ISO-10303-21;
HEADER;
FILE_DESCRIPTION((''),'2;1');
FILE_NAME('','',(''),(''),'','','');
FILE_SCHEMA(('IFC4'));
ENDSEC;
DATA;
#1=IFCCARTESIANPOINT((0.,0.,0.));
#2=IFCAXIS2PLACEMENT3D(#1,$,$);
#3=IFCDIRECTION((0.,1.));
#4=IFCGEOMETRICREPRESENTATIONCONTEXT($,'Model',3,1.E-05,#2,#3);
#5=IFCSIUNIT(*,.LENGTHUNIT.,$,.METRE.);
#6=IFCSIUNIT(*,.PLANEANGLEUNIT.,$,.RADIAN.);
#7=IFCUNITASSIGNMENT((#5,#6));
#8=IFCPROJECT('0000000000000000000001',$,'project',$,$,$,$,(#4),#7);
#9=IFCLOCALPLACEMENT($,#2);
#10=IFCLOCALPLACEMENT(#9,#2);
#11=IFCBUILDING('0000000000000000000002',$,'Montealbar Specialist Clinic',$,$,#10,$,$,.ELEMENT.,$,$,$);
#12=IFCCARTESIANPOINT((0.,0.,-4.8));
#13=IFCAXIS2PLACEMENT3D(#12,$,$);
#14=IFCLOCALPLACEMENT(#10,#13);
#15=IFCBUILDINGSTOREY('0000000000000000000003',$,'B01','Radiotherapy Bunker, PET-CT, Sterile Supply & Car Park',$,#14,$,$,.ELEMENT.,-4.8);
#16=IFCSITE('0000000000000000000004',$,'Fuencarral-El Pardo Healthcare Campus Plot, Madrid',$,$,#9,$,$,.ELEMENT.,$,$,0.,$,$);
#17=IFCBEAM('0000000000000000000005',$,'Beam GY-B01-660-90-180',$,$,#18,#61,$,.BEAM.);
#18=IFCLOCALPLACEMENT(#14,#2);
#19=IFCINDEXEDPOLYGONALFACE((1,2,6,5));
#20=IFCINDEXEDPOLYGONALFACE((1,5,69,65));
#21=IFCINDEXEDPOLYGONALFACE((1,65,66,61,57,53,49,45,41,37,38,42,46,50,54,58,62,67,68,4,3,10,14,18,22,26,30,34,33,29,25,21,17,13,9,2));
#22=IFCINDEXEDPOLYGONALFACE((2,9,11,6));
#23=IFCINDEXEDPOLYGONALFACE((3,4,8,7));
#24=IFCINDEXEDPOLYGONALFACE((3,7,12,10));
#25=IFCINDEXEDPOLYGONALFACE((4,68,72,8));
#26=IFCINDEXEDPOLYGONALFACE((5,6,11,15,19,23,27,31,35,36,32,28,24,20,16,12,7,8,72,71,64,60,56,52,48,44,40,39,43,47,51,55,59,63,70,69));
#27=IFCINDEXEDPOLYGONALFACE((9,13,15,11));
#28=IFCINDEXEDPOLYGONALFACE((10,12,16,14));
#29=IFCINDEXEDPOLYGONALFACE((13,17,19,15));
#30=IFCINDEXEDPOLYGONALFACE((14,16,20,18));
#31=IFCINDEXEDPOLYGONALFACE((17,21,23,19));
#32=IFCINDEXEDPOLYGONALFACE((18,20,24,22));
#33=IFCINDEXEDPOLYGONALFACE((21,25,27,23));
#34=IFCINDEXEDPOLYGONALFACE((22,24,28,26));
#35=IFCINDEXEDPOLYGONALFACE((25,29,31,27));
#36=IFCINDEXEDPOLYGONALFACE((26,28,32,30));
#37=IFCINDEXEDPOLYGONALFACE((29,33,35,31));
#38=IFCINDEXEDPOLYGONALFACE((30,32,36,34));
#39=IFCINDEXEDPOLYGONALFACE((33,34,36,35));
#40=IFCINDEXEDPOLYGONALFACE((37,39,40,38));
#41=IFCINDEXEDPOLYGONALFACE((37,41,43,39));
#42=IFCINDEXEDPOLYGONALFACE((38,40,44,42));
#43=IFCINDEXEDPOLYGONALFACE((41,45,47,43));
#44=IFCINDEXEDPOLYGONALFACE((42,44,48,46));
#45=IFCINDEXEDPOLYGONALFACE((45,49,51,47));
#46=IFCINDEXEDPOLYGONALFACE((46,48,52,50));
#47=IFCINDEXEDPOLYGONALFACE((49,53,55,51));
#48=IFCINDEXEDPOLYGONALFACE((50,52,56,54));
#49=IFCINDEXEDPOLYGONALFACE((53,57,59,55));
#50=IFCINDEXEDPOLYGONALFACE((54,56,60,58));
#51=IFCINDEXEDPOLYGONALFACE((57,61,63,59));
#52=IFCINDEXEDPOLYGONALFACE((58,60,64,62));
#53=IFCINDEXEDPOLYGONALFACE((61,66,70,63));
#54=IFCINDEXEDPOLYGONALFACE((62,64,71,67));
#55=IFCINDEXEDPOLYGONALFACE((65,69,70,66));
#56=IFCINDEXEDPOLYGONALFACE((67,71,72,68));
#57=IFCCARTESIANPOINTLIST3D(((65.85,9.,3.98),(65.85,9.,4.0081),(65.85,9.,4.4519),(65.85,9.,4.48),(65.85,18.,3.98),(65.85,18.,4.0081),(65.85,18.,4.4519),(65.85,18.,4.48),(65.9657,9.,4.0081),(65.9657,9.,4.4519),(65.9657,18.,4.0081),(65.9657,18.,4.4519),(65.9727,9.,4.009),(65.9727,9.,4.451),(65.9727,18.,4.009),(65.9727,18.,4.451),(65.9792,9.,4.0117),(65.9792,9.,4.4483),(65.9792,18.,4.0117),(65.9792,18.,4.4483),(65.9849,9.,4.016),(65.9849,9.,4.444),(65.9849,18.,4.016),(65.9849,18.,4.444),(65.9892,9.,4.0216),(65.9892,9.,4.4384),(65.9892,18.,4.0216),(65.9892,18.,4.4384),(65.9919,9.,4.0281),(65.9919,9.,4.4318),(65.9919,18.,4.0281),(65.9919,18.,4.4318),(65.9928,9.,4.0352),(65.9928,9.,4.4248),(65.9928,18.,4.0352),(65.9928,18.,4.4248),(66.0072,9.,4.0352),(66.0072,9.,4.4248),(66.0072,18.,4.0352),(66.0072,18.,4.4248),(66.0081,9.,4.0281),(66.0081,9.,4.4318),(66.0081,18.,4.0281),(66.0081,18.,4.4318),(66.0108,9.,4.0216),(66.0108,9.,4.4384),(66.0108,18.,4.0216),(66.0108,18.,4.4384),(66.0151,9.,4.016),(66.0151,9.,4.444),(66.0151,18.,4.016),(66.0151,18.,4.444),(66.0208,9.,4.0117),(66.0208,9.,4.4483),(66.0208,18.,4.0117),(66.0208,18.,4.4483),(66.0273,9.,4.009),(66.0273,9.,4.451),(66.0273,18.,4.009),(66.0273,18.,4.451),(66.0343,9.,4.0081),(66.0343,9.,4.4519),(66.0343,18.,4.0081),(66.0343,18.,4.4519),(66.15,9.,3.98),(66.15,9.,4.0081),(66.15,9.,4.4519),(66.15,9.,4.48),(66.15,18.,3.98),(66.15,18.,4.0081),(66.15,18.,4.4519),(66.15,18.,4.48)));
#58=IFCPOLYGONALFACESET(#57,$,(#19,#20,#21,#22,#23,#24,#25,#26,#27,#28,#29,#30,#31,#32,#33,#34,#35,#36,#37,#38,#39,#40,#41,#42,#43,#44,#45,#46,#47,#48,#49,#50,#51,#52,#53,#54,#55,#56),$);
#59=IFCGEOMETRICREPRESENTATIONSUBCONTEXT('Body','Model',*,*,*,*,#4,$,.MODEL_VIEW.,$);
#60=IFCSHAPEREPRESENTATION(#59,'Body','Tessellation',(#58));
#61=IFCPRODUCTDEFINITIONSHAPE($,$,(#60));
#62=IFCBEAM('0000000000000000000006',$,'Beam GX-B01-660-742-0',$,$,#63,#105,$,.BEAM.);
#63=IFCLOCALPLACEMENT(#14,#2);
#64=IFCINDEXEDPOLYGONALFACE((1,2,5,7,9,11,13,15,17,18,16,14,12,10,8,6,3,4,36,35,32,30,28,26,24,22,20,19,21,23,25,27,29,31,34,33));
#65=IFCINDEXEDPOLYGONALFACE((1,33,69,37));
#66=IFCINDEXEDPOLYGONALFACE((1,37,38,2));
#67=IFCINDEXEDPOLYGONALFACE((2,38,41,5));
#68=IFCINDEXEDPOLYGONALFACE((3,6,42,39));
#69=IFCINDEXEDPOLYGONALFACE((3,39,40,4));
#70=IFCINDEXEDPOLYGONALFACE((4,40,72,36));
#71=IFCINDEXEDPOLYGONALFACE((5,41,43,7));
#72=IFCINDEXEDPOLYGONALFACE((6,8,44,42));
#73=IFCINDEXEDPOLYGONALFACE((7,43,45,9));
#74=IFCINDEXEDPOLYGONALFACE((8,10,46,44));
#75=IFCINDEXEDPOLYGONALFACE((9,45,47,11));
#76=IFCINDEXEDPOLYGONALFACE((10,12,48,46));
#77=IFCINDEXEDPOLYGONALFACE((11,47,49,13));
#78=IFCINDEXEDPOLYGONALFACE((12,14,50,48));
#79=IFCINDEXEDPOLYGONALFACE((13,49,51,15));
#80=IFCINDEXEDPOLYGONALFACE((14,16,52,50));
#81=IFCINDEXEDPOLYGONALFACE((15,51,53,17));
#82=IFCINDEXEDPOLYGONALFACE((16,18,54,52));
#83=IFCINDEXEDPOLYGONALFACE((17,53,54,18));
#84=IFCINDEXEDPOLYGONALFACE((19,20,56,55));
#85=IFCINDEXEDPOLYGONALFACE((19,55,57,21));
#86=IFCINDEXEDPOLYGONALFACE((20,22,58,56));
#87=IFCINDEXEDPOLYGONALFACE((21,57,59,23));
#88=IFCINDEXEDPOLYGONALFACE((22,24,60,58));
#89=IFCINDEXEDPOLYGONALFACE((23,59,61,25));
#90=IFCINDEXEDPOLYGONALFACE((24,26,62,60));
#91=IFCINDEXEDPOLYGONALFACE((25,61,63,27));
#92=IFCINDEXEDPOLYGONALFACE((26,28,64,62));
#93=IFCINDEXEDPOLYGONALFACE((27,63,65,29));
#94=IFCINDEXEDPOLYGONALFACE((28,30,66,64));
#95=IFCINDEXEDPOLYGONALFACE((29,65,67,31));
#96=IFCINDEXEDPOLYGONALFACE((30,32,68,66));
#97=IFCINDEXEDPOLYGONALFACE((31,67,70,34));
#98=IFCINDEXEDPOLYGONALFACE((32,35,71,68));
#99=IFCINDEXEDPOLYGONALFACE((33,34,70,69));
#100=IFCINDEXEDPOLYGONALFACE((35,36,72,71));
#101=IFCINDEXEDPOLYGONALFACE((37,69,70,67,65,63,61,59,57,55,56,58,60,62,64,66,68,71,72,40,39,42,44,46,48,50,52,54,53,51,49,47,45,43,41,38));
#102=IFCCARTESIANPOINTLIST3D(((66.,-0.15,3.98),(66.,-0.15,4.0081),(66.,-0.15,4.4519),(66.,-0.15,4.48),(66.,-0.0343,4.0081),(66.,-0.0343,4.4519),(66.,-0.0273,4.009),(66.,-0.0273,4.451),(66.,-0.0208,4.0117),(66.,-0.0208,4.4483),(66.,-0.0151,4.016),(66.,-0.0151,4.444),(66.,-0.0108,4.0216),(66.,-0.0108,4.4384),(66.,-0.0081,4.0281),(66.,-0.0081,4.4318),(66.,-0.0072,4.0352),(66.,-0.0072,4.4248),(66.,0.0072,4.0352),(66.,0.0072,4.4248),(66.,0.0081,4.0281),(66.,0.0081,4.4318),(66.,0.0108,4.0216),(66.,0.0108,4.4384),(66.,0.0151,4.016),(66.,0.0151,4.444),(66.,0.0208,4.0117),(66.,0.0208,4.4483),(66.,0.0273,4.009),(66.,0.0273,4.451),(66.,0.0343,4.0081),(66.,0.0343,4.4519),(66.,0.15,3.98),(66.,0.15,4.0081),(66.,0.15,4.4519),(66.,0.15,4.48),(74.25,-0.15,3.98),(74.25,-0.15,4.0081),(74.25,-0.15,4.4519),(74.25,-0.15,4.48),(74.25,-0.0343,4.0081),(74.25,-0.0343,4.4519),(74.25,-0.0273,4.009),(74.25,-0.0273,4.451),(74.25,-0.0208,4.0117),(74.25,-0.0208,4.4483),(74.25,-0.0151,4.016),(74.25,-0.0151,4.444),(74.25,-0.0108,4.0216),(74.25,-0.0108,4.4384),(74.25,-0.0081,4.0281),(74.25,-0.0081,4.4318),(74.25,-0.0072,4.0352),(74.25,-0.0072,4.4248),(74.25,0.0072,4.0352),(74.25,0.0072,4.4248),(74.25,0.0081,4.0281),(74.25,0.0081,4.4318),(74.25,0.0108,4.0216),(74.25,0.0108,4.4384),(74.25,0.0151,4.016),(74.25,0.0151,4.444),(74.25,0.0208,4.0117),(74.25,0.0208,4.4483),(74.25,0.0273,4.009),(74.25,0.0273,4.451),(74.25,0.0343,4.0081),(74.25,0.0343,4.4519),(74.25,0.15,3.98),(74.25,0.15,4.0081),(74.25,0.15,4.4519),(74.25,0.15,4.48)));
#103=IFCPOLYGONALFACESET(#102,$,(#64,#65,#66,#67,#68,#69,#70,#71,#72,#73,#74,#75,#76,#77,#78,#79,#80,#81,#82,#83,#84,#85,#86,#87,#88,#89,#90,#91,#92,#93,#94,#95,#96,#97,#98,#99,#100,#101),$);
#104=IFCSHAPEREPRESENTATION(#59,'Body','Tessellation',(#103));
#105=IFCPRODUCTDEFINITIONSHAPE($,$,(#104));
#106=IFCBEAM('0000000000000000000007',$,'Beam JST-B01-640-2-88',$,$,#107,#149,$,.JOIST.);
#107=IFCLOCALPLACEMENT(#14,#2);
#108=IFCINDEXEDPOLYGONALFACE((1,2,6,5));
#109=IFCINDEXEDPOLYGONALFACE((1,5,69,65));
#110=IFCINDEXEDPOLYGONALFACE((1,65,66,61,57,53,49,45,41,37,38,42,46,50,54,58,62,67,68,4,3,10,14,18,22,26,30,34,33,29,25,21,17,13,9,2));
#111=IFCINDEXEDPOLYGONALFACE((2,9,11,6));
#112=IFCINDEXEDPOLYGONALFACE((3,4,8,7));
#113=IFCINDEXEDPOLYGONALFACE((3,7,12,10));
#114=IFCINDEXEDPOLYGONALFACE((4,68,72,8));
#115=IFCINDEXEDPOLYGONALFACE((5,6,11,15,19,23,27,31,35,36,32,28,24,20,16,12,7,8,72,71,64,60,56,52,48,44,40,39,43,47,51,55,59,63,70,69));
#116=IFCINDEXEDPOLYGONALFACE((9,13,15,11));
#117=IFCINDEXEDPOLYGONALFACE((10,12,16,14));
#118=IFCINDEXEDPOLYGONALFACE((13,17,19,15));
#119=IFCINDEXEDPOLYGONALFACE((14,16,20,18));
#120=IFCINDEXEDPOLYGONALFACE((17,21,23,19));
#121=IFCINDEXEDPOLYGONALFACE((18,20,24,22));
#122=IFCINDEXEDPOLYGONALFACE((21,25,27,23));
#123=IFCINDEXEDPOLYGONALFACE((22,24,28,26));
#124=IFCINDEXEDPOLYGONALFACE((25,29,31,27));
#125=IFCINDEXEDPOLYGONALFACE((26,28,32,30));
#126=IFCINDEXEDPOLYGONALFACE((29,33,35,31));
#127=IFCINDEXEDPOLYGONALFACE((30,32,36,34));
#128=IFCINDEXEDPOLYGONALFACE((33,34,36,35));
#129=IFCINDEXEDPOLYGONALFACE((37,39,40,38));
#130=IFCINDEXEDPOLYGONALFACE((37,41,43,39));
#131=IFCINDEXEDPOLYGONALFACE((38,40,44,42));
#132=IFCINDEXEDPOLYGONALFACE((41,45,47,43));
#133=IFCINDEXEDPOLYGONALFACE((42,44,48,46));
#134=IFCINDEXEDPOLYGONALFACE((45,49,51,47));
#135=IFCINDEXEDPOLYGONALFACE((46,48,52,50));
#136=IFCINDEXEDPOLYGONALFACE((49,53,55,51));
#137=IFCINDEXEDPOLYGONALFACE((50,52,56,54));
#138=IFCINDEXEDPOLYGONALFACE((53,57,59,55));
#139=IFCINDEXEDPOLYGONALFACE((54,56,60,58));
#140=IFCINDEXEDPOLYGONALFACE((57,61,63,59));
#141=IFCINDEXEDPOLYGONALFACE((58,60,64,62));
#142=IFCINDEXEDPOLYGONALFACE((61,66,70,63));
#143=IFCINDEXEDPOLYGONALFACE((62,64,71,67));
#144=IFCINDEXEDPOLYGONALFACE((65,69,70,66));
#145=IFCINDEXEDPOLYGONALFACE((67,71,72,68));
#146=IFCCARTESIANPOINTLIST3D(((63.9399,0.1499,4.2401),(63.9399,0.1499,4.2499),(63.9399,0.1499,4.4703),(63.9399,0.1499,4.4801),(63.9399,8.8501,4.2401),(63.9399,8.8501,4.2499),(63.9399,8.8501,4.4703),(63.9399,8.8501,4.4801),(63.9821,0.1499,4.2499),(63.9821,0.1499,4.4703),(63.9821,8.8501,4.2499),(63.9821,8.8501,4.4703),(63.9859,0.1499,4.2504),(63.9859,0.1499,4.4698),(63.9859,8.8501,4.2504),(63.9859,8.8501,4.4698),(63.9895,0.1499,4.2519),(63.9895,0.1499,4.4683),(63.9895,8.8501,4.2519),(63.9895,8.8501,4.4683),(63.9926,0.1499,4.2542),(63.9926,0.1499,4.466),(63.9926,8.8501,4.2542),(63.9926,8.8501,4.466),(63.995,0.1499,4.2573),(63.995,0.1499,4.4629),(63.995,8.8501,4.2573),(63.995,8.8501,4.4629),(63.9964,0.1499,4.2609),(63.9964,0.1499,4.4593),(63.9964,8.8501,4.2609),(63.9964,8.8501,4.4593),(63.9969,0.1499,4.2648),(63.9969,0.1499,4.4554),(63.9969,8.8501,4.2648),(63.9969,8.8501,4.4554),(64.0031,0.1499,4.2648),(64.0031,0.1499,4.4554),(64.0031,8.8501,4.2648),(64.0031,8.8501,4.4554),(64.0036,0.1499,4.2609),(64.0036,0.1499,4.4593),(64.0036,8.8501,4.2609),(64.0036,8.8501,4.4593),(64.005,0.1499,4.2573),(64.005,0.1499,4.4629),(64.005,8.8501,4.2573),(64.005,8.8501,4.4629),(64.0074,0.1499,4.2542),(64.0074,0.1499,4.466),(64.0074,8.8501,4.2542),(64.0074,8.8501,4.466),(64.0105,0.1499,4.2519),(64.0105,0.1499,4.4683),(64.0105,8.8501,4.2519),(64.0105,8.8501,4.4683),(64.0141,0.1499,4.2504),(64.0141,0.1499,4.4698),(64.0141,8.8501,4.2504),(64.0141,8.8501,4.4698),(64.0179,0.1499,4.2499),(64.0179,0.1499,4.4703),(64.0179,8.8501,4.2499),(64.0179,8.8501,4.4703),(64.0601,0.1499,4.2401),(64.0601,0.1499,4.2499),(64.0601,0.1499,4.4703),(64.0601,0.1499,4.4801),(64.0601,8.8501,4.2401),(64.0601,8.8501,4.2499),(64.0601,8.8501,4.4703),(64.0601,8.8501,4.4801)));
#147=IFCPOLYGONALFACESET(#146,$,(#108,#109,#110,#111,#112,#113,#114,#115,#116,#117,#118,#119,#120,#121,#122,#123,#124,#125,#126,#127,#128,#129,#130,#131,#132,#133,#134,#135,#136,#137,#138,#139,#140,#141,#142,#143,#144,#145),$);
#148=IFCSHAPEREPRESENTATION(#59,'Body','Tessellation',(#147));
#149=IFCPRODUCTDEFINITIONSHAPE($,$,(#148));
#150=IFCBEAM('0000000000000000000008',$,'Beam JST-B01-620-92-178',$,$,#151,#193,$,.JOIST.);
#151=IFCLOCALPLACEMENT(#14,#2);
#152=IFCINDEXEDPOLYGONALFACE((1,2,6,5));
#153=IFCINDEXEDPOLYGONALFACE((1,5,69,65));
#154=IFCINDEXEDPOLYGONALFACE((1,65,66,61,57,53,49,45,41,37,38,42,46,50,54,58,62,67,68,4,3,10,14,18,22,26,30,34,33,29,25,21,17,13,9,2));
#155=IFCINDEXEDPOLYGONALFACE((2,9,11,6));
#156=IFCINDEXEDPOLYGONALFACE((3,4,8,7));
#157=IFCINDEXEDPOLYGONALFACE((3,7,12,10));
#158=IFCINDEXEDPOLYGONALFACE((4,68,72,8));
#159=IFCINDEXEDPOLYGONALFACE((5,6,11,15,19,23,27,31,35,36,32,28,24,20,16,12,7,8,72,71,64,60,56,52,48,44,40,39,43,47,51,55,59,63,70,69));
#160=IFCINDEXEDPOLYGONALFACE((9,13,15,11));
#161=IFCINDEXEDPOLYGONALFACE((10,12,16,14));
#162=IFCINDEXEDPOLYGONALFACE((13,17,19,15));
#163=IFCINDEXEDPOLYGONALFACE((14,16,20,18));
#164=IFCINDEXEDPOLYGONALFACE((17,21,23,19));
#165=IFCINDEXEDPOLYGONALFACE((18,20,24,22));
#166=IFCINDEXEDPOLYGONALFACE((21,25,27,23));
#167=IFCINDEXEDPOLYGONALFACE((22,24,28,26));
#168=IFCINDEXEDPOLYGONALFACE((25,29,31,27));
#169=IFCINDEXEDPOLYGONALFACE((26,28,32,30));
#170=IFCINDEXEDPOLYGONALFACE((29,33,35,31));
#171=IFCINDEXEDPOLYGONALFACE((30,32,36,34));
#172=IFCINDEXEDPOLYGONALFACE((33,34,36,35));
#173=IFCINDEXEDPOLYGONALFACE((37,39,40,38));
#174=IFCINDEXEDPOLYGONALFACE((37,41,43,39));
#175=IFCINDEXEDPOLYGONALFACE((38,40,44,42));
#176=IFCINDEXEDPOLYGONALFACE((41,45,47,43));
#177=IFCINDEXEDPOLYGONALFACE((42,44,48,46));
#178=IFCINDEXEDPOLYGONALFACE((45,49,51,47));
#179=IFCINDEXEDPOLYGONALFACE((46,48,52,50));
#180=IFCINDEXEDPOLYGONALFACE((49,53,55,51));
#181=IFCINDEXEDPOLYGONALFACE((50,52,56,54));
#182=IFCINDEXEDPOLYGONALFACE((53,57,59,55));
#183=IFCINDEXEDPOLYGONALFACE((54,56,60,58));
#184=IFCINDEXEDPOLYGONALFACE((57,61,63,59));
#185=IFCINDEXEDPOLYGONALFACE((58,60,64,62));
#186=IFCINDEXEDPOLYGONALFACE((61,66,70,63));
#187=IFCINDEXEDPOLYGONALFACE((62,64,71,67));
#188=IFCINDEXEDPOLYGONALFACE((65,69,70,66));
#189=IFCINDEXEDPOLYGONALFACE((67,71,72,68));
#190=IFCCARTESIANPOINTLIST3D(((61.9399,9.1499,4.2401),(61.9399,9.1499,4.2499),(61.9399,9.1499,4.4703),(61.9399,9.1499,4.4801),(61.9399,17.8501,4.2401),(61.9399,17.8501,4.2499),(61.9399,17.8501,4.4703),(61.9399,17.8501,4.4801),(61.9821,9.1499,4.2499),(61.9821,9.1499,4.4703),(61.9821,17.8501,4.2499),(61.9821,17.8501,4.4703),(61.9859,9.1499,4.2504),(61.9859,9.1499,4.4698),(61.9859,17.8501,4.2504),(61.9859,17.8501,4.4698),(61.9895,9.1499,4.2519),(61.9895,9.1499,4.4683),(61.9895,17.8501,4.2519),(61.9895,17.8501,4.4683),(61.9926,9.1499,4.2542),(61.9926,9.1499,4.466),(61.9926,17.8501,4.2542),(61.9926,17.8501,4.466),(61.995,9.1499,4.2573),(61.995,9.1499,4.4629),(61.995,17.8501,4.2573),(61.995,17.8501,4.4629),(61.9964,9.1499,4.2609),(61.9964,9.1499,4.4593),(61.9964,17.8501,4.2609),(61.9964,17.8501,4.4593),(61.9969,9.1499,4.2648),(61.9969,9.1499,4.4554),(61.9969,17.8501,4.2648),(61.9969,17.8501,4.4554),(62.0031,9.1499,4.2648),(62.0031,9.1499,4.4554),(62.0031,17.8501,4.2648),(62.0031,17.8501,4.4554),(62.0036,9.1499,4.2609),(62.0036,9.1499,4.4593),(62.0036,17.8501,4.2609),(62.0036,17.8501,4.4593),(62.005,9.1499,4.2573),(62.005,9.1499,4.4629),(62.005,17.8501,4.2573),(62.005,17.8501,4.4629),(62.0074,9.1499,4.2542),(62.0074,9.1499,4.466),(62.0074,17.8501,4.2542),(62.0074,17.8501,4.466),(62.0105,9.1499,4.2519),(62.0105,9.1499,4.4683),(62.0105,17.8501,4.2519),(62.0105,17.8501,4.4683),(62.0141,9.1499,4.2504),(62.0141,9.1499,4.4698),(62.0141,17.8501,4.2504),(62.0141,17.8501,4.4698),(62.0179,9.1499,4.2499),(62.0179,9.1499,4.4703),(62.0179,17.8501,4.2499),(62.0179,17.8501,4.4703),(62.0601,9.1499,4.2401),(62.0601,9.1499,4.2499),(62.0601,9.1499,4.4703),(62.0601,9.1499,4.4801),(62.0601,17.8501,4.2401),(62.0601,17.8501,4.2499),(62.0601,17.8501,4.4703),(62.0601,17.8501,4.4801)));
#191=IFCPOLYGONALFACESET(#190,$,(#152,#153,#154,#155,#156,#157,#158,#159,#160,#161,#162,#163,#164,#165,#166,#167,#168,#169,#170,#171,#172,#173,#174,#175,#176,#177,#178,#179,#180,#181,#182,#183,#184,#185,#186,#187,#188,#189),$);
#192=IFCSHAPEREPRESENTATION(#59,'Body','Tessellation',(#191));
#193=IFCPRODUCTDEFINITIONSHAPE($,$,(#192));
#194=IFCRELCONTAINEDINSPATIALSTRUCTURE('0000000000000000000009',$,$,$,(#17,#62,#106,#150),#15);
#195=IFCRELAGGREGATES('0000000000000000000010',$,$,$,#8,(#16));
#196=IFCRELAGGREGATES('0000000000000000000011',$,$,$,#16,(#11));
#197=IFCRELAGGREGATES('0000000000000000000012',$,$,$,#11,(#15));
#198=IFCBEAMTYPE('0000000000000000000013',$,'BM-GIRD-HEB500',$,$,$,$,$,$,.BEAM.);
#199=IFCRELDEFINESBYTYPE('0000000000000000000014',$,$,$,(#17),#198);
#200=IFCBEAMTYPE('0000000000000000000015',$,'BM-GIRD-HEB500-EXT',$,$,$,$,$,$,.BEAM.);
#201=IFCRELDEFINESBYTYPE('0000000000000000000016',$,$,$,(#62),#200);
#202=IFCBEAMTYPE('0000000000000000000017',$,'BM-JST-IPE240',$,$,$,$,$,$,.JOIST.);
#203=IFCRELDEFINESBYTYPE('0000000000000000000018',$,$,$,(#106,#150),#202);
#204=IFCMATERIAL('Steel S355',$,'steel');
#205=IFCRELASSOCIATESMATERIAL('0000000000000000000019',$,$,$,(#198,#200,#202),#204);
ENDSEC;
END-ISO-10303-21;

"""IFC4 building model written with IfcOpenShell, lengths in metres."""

from ifc_helpers import new_model, si_unit, direction, frame, origin, origin_2d, place, context, subcontext, project, spatial, i_section, extrude, material, material_profile, profile_set, type_object, element, save


model = new_model("IFC4")

# Units and contexts
model_context = context("Model", 3, precision=1e-05, world=origin(), true_north=direction((0.0, 1.0)))
body_context = subcontext(model_context, "Body", "Model", "MODEL_VIEW")
ifc_project = project(units=[si_unit("LENGTHUNIT", "METRE"), si_unit("PLANEANGLEUNIT", "RADIAN")], contexts=[model_context])

# Site, building, storey
site_placement = place(None, origin())
site = spatial("IfcSite", under=ifc_project, at=site_placement, Name="Fuencarral-El Pardo Healthcare Campus Plot, Madrid", CompositionType="ELEMENT", RefElevation=0.0)
building_placement = place(site_placement, origin())
building = spatial("IfcBuilding", under=site, at=building_placement, Name="Montealbar Specialist Clinic", CompositionType="ELEMENT")
storey_placement = place(building_placement, frame((0.0, 0.0, -4.8)))
storey = spatial("IfcBuildingStorey", under=building, at=storey_placement, Name="B01", Description="Radiotherapy Bunker, PET-CT, Sterile Supply & Car Park", CompositionType="ELEMENT", Elevation=-4.8)

# Shared definitions
ifc_material_1 = material(Name="Steel S355", Category="steel")

# Beams
ifc_material_profile_1 = material_profile(ifc_material_1, i_section(OverallWidth=0.3, OverallDepth=0.5, WebThickness=0.0144, FlangeThickness=0.0281, FilletRadius=0.0271, at=origin_2d()), Name="HEB 500", Category="steel")
ifc_profile_set_1 = profile_set([ifc_material_profile_1], Name="Steel S355")
beam_type_1 = type_object("IfcBeamType", Name="BM-GIRD-HEB500", PredefinedType="BEAM", material=ifc_profile_set_1)
for number, where, z_axis, x_axis, name in (
    (1, (66.0, 9.0, 4.23), (0.0, 1.0, 0.0), (-1.0, 0.0, 0.0), "Beam GY-B01-660-90-180"),
):
    element("IfcBeam", number, at=place(storey_placement, frame(where, z_axis=z_axis, x_axis=x_axis)), inside=storey, type_object=beam_type_1, Name=name, PredefinedType="BEAM", context=body_context, shape_type="SweptSolid", body=[
        extrude(i_section(OverallWidth=0.3, OverallDepth=0.5, WebThickness=0.0144, FlangeThickness=0.0281, FilletRadius=0.0271, at=origin_2d()), origin(), (0.0, 0.0, 1.0), 9.0),
    ])
ifc_material_profile_2 = material_profile(ifc_material_1, i_section(OverallWidth=0.3, OverallDepth=0.5, WebThickness=0.0144, FlangeThickness=0.0281, FilletRadius=0.0271, at=origin_2d()), Name="HEB 500", Category="steel")
ifc_profile_set_2 = profile_set([ifc_material_profile_2], Name="Steel S355")
beam_type_2 = type_object("IfcBeamType", Name="BM-GIRD-HEB500-EXT", PredefinedType="BEAM", material=ifc_profile_set_2)
beam_1_placement = place(storey_placement, frame((66.0, 0.0, 4.23), z_axis=(1.0, 0.0, 0.0), x_axis=(0.0, 1.0, 0.0)))
element("IfcBeam", 2, at=beam_1_placement, inside=storey, type_object=beam_type_2, Name="Beam GX-B01-660-742-0", PredefinedType="BEAM", context=body_context, shape_type="SweptSolid", body=[
    extrude(i_section(OverallWidth=0.3, OverallDepth=0.5, WebThickness=0.0144, FlangeThickness=0.0281, FilletRadius=0.0271, at=origin_2d()), origin(), (0.0, 0.0, 1.0), 8.25),
])
ifc_material_profile_3 = material_profile(ifc_material_1, i_section(OverallWidth=0.1201, OverallDepth=0.24, WebThickness=0.0061, FlangeThickness=0.0098, FilletRadius=0.0149, at=origin_2d()), Name="IPE 240", Category="steel")
ifc_profile_set_3 = profile_set([ifc_material_profile_3], Name="Steel S355")
beam_type_3 = type_object("IfcBeamType", Name="BM-JST-IPE240", PredefinedType="JOIST", material=ifc_profile_set_3)
for number, where, z_axis, x_axis, name in (
    (3, (64.0, 0.1499, 4.3601), (0.0, 1.0, 0.0), (-1.0, 0.0, 0.0), "Beam JST-B01-640-2-88"),
    (4, (62.0, 9.1499, 4.3601), (0.0, 1.0, 0.0), (-1.0, 0.0, 0.0), "Beam JST-B01-620-92-178"),
):
    element("IfcBeam", number, at=place(storey_placement, frame(where, z_axis=z_axis, x_axis=x_axis)), inside=storey, type_object=beam_type_3, Name=name, PredefinedType="JOIST", context=body_context, shape_type="SweptSolid", body=[
        extrude(i_section(OverallWidth=0.1201, OverallDepth=0.24, WebThickness=0.0061, FlangeThickness=0.0098, FilletRadius=0.0149, at=origin_2d()), origin(), (0.0, 0.0, 1.0), 8.7002),
    ])

save(model, "model.ifc")
